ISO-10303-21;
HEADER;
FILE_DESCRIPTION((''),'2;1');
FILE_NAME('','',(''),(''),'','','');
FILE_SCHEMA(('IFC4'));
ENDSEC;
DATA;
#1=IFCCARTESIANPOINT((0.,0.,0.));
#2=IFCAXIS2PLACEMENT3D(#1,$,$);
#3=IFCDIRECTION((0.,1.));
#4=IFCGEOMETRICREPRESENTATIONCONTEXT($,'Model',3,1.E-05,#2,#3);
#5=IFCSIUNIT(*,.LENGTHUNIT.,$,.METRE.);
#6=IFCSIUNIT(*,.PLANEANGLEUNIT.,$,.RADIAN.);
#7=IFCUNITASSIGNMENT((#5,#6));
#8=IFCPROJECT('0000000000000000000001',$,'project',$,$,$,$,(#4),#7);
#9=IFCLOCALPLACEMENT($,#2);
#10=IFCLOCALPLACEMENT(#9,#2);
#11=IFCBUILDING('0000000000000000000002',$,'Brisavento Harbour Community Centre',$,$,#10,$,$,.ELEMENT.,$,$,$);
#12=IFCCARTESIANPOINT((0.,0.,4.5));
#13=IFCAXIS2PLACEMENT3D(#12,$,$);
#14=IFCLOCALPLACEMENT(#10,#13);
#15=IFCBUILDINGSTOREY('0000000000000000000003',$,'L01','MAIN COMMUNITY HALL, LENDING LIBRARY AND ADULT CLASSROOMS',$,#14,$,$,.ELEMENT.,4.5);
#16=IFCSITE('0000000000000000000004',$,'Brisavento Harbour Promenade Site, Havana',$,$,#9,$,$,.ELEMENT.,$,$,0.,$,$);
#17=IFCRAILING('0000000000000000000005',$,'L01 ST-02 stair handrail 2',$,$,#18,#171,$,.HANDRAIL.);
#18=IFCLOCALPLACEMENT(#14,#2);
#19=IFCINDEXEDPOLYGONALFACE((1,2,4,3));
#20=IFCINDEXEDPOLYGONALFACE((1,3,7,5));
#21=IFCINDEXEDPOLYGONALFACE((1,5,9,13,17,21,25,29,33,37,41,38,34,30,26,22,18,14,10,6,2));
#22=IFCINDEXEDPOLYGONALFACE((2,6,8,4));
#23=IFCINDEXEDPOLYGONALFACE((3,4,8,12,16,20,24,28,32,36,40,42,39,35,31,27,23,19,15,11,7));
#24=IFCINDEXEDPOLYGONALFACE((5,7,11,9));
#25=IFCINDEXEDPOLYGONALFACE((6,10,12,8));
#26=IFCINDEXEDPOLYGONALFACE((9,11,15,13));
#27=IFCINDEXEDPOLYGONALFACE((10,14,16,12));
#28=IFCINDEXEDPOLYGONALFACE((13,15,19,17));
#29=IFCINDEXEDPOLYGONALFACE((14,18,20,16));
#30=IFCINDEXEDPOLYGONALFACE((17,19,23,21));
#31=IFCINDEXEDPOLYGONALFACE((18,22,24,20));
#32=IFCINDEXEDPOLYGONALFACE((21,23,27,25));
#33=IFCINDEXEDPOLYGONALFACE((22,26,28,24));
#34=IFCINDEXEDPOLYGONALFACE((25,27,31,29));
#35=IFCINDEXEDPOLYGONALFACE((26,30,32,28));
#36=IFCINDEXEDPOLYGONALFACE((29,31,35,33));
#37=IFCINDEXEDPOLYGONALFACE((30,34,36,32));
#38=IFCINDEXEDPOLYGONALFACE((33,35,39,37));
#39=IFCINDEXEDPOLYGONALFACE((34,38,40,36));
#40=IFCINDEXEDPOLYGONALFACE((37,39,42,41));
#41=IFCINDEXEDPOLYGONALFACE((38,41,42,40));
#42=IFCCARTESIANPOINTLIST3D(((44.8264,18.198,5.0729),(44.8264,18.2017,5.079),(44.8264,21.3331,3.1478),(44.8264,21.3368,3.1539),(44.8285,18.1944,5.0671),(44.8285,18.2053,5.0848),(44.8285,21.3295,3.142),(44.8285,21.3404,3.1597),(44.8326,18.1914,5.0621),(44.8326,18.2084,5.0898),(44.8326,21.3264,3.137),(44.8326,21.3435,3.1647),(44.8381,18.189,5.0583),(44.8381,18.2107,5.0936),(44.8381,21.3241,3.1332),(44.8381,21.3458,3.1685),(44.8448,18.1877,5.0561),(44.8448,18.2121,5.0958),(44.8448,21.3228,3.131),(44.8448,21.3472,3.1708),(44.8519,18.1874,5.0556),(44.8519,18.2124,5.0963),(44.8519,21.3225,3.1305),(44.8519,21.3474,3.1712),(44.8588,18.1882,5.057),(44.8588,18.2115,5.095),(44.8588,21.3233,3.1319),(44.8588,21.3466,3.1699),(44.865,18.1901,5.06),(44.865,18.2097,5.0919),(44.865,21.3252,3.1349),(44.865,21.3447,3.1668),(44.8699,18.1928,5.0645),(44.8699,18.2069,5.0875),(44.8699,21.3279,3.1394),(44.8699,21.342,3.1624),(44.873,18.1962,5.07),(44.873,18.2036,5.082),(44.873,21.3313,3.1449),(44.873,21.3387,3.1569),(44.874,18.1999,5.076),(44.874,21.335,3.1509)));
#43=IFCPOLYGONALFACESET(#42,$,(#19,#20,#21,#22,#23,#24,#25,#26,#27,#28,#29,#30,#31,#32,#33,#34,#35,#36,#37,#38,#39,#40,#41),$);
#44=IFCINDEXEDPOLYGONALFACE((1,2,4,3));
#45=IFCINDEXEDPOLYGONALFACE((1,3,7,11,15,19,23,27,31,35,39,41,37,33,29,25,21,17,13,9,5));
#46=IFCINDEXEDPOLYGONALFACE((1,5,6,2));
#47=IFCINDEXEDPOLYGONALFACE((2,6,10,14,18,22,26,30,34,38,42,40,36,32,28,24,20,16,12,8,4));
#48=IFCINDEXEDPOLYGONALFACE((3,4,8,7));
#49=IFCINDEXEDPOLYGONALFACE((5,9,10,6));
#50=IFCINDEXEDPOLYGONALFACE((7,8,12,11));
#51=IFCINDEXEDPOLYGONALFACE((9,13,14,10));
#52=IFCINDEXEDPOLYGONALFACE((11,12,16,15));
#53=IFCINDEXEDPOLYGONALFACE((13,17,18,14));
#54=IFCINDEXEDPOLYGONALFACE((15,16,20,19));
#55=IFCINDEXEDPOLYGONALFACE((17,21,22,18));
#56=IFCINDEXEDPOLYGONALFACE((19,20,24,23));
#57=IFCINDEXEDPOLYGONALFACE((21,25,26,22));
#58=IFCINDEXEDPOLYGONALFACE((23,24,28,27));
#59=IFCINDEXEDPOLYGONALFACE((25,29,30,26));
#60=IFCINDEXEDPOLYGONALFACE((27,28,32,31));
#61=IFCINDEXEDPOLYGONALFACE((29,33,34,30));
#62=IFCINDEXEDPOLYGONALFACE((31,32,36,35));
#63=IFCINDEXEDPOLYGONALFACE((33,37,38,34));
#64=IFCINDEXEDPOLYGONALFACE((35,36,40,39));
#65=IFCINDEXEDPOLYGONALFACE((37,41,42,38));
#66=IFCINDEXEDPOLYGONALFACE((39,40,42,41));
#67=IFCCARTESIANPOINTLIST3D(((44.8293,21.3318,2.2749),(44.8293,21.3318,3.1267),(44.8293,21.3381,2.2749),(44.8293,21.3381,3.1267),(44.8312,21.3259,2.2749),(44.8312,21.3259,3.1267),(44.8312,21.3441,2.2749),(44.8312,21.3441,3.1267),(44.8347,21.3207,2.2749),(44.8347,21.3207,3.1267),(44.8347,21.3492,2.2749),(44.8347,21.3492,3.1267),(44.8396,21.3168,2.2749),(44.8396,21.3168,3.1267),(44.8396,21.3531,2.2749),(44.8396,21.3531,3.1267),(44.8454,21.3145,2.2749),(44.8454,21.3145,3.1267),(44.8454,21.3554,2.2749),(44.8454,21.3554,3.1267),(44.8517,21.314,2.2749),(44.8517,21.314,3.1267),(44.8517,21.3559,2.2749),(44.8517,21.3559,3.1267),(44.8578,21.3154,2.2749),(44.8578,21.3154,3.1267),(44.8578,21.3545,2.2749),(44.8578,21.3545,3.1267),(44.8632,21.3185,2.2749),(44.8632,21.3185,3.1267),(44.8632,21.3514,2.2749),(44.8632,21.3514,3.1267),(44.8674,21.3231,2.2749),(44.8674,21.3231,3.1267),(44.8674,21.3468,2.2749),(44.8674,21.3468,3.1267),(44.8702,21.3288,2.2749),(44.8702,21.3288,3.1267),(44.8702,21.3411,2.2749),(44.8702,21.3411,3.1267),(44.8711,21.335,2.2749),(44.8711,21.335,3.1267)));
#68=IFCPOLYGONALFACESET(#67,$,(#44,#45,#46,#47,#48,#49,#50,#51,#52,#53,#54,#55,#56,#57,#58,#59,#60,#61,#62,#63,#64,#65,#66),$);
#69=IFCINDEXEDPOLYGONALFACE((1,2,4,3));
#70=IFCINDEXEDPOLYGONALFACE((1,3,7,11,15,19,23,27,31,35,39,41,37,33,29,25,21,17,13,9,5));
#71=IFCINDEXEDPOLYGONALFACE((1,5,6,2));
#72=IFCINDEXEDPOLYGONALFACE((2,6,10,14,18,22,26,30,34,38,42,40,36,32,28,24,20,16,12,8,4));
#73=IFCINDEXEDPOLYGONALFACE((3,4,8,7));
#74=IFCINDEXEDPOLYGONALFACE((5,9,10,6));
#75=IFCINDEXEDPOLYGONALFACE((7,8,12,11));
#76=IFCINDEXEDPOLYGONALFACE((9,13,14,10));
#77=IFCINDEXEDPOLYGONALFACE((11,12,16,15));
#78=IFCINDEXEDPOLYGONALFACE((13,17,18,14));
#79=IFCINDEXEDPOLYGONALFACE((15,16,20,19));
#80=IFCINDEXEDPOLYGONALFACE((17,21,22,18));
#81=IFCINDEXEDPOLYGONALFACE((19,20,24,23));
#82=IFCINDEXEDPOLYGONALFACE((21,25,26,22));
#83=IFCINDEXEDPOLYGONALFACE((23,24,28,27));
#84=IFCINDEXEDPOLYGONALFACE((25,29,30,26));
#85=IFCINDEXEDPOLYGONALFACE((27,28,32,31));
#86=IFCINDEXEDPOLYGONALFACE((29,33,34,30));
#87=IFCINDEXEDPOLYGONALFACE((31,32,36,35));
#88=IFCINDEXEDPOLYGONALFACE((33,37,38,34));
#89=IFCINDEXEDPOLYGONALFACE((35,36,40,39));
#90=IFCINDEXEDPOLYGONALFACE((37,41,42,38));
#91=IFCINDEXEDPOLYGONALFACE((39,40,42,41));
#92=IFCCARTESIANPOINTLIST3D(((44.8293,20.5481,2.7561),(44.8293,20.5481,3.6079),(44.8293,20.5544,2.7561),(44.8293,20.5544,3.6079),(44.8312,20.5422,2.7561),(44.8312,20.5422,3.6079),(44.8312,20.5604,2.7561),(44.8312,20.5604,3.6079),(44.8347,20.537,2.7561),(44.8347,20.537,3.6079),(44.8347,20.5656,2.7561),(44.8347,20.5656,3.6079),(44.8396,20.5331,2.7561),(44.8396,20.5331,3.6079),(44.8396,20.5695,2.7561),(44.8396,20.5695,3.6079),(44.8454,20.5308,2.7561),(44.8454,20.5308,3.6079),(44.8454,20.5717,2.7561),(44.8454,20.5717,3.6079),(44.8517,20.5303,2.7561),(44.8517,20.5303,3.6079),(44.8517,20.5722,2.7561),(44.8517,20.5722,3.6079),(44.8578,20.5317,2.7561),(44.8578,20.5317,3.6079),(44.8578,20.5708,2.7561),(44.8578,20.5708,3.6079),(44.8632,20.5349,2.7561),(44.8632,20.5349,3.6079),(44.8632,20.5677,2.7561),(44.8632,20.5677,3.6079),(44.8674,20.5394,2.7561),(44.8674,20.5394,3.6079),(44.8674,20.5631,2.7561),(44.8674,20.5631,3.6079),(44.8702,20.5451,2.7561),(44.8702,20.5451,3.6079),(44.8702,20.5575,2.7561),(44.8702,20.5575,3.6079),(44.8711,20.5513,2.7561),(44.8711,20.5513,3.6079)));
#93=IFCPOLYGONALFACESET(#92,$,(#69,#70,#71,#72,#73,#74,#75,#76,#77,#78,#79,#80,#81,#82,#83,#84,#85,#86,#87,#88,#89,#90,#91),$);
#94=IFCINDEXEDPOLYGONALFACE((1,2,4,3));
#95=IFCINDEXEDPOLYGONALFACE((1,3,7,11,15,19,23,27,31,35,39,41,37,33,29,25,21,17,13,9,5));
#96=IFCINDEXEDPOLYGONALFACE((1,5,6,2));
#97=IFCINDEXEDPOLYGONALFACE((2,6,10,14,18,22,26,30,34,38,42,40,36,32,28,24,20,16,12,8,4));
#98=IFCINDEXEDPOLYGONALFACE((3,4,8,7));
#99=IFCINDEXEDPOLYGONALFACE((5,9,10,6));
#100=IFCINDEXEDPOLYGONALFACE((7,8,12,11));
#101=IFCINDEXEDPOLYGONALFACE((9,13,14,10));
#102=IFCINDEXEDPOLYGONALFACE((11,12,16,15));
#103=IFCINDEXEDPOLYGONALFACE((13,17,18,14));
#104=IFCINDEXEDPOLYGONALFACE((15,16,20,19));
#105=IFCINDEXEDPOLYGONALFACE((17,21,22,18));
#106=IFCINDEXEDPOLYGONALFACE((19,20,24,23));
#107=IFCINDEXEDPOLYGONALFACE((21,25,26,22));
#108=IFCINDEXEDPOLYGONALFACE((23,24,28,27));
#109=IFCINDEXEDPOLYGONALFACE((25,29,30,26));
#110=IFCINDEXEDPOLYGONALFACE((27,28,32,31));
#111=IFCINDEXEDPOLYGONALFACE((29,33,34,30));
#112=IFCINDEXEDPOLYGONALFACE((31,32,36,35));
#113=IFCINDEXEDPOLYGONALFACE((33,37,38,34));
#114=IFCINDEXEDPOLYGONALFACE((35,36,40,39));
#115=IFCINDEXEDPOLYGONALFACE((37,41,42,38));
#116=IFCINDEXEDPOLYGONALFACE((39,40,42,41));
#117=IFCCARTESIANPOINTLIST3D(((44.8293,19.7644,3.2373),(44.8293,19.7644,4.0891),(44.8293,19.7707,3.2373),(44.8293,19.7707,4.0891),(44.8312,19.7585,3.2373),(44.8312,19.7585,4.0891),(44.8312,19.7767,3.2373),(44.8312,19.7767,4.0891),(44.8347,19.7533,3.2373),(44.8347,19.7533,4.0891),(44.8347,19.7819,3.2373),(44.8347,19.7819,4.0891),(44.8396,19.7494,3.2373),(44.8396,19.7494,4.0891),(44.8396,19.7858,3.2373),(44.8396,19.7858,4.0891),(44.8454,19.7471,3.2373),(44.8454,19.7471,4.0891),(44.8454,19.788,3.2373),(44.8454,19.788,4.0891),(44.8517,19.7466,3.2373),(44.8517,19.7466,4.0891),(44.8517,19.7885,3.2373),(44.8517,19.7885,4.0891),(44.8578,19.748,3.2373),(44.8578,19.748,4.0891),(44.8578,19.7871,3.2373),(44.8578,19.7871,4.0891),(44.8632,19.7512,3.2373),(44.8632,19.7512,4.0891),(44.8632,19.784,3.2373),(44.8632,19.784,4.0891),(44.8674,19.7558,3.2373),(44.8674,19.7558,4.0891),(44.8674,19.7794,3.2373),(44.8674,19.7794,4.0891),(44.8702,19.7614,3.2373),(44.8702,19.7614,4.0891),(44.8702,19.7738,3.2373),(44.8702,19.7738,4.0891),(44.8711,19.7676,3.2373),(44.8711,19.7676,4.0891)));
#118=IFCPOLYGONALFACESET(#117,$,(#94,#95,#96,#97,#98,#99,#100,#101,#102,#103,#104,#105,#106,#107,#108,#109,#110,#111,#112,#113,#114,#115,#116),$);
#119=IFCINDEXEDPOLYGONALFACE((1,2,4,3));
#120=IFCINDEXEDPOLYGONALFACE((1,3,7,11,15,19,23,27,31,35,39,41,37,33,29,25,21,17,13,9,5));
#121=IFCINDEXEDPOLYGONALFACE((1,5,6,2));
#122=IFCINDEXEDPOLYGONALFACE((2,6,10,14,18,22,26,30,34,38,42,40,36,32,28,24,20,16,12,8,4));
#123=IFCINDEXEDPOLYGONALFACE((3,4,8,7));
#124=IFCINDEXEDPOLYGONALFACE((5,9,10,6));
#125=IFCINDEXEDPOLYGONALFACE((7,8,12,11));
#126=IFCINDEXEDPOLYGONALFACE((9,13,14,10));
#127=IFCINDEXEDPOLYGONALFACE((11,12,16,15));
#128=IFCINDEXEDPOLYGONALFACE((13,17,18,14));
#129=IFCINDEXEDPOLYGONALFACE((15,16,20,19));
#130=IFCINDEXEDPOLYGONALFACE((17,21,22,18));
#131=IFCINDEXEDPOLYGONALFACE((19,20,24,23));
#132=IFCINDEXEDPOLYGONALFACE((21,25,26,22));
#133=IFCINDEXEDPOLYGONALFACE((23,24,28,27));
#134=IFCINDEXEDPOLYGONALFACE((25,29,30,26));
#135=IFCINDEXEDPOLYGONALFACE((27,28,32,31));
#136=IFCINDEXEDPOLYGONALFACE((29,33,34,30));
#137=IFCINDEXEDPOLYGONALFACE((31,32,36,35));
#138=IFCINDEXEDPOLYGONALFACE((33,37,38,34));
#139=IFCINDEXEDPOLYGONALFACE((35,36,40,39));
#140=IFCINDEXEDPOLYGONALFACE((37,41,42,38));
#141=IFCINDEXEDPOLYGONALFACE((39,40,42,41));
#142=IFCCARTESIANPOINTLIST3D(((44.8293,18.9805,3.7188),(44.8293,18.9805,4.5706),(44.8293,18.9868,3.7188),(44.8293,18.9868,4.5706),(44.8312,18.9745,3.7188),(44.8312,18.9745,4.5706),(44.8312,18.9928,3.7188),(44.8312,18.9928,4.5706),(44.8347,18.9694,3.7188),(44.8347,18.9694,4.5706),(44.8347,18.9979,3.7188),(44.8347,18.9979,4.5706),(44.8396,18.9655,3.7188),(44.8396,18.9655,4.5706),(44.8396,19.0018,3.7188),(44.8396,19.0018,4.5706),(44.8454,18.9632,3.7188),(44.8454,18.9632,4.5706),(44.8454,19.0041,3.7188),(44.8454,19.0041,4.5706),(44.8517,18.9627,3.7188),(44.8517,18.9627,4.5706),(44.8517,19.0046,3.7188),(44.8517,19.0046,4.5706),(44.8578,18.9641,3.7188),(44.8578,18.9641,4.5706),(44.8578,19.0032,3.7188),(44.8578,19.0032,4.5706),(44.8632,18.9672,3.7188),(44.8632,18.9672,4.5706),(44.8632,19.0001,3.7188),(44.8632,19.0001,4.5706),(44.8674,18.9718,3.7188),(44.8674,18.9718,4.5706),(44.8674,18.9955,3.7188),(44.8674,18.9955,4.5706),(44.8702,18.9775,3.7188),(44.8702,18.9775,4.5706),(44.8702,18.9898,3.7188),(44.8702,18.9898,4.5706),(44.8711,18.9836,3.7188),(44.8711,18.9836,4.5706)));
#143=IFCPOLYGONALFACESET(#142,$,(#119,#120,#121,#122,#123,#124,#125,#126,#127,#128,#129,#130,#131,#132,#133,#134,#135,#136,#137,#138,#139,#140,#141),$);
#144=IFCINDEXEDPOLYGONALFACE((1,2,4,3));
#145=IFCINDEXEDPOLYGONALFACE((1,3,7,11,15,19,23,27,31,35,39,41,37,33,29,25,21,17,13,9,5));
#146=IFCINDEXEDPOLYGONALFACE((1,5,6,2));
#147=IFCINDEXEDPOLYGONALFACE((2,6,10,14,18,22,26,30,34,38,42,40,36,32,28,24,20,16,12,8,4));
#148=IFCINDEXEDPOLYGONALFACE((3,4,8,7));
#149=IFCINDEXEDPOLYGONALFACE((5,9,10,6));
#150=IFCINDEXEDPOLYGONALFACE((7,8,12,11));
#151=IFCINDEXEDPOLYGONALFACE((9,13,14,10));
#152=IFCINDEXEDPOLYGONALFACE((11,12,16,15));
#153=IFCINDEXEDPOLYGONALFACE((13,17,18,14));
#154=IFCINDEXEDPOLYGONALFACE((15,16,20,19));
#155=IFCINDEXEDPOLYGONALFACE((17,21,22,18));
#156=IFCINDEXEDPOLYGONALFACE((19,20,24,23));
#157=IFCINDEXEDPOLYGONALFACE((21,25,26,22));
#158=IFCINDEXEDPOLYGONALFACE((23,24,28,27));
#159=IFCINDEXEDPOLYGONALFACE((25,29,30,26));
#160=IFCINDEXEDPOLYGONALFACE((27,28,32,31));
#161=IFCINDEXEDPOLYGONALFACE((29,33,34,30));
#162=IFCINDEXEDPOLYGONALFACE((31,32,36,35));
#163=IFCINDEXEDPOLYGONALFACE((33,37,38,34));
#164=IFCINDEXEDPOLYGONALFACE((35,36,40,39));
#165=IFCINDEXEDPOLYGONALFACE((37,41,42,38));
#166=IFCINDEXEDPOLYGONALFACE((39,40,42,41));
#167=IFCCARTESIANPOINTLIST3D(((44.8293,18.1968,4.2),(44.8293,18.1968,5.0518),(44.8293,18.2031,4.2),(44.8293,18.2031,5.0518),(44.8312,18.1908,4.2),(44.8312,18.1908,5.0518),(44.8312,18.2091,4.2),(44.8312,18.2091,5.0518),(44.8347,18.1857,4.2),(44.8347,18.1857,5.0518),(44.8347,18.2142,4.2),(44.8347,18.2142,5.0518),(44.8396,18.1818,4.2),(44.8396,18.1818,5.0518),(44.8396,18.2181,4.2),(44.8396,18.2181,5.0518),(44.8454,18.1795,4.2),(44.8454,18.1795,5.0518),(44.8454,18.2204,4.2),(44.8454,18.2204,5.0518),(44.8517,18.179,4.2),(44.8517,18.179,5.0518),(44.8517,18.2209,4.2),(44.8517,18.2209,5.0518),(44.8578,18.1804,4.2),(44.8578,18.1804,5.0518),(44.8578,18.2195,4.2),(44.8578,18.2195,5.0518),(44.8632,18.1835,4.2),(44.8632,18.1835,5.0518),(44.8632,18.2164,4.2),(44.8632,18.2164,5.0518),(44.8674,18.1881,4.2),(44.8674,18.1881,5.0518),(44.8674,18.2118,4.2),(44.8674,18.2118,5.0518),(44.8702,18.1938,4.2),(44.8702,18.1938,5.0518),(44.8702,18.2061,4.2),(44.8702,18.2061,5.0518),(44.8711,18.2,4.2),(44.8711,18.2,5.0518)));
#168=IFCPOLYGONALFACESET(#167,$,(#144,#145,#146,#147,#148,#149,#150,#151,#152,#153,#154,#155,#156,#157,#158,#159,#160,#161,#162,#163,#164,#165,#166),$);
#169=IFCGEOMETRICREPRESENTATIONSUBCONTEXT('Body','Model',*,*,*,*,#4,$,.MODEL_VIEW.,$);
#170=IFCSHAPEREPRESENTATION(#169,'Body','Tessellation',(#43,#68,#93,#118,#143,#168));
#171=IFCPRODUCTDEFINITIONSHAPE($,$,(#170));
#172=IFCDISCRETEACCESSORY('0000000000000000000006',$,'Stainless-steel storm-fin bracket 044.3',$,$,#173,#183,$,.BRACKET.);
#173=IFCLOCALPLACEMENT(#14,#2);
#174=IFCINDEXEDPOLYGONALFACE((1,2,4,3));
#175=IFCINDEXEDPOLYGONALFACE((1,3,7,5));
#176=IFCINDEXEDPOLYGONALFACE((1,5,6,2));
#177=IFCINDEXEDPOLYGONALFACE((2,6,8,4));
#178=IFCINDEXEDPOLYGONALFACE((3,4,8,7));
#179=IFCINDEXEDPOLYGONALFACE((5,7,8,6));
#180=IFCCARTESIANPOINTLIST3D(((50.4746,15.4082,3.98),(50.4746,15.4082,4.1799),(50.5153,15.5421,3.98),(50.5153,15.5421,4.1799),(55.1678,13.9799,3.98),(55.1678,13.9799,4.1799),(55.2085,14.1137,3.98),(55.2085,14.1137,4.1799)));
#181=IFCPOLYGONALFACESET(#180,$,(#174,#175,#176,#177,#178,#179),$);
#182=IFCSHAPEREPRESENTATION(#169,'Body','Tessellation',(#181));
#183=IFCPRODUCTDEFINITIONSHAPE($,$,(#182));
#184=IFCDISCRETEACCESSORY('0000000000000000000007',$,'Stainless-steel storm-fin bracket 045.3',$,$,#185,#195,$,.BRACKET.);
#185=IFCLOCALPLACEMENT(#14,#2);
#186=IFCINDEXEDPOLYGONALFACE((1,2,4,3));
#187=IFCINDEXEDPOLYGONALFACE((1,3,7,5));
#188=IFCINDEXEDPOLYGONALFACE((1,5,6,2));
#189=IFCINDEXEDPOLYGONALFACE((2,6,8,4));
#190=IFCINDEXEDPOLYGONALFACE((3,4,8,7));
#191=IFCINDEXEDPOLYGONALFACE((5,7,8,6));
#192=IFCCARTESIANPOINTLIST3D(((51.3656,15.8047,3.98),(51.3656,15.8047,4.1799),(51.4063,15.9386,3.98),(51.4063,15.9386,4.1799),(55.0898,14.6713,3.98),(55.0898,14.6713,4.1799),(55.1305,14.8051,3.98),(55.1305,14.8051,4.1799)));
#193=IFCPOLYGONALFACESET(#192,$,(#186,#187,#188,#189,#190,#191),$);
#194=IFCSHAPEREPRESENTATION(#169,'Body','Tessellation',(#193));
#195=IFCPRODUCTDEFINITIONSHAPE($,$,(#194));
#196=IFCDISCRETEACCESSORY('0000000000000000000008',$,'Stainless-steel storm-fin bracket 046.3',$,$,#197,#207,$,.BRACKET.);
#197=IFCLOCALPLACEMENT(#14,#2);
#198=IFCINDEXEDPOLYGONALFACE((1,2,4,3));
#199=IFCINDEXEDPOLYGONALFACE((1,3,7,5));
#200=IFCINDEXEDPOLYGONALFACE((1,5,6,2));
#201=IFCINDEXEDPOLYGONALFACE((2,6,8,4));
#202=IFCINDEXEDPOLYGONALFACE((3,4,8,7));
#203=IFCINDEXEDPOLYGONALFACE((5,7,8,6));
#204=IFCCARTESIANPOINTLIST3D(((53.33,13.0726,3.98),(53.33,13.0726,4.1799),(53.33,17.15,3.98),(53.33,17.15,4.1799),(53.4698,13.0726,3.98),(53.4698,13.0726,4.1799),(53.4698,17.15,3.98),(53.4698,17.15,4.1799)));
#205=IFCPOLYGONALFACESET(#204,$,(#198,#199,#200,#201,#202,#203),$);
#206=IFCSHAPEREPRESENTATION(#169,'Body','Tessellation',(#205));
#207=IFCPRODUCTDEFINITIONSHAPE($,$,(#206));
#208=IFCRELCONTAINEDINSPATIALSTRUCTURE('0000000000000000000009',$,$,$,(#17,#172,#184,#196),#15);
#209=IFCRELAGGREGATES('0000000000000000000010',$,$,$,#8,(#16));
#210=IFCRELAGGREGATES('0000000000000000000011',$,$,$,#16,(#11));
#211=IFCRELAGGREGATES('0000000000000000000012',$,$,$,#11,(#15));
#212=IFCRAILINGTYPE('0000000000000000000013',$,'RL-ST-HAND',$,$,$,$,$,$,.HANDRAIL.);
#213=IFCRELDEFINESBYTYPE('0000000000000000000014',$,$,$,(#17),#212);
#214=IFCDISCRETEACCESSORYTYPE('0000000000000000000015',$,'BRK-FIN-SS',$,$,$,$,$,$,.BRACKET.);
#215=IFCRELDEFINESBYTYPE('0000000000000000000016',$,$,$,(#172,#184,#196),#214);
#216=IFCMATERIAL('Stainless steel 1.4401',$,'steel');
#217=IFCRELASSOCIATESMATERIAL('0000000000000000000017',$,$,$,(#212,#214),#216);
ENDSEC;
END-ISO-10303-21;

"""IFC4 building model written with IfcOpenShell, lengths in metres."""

from ifc_helpers import new_model, si_unit, direction, frame, origin, origin_2d, place, context, subcontext, project, spatial, rectangle, circle, extrude, material, type_object, element, save


model = new_model("IFC4")

# Units and contexts
model_context = context("Model", 3, precision=1e-05, world=origin(), true_north=direction((0.0, 1.0)))
body_context = subcontext(model_context, "Body", "Model", "MODEL_VIEW")
ifc_project = project(units=[si_unit("LENGTHUNIT", "METRE"), si_unit("PLANEANGLEUNIT", "RADIAN")], contexts=[model_context])

# Site, building, storey
site_placement = place(None, origin())
site = spatial("IfcSite", under=ifc_project, at=site_placement, Name="Brisavento Harbour Promenade Site, Havana", CompositionType="ELEMENT", RefElevation=0.0)
building_placement = place(site_placement, origin())
building = spatial("IfcBuilding", under=site, at=building_placement, Name="Brisavento Harbour Community Centre", CompositionType="ELEMENT")
storey_placement = place(building_placement, frame((0.0, 0.0, 4.5)))
storey = spatial("IfcBuildingStorey", under=building, at=storey_placement, Name="L01", Description="MAIN COMMUNITY HALL, LENDING LIBRARY AND ADULT CLASSROOMS", CompositionType="ELEMENT", Elevation=4.5)

# Railing
ifc_material_1 = material(Name="Stainless steel 1.4401", Category="steel")
railing_type_1 = type_object("IfcRailingType", Name="RL-ST-HAND", PredefinedType="HANDRAIL", material=ifc_material_1)
railing_1_placement = place(storey_placement, frame((44.8501, 21.335, 2.2749)))
element("IfcRailing", 1, at=railing_1_placement, inside=storey, type_object=railing_type_1, Name="L01 ST-02 stair handrail 2", PredefinedType="HANDRAIL", context=body_context, shape_type="SweptSolid", body=[
    extrude(circle(Radius=0.0239, at=origin_2d()), frame((0.0, 0.0, 0.876), z_axis=(0.0, -0.852166, 0.523271), x_axis=(1.0, 0.0, 0.0)), (0.0, 0.0, 1.0), 3.679),
    extrude(circle(Radius=0.021, at=origin_2d()), origin(), (0.0, 0.0, 1.0), 0.8518),
    extrude(circle(Radius=0.021, at=origin_2d()), frame((0.0, -0.7837, 0.4812)), (0.0, 0.0, 1.0), 0.8518),
    extrude(circle(Radius=0.021, at=origin_2d()), frame((0.0, -1.5674, 0.9624)), (0.0, 0.0, 1.0), 0.8518),
    extrude(circle(Radius=0.021, at=origin_2d()), frame((0.0, -2.3513, 1.4438)), (0.0, 0.0, 1.0), 0.8518),
    extrude(circle(Radius=0.021, at=origin_2d()), frame((0.0, -3.135, 1.925)), (0.0, 0.0, 1.0), 0.8518),
])

# Discrete accessories
discrete_accessory_type = type_object("IfcDiscreteAccessoryType", Name="BRK-FIN-SS", PredefinedType="BRACKET", material=ifc_material_1)
discrete_accessory_1_placement = place(storey_placement, frame((52.8416, 14.761, 3.98), z_axis=(0.0, 0.0, 1.0), x_axis=(0.956676, -0.291153, 0.0)))
element("IfcDiscreteAccessory", 2, at=discrete_accessory_1_placement, inside=storey, type_object=discrete_accessory_type, Name="Stainless-steel storm-fin bracket 044.3", PredefinedType="BRACKET", context=body_context, shape_type="SweptSolid", body=[
    extrude(rectangle(XDim=4.9058, YDim=0.1399, at=origin_2d()), origin(), (0.0, 0.0, 1.0), 0.2),
])
discrete_accessory_2_placement = place(storey_placement, frame((53.248, 15.3049, 3.98), z_axis=(0.0, 0.0, 1.0), x_axis=(0.956676, -0.291153, 0.0)))
element("IfcDiscreteAccessory", 3, at=discrete_accessory_2_placement, inside=storey, type_object=discrete_accessory_type, Name="Stainless-steel storm-fin bracket 045.3", PredefinedType="BRACKET", context=body_context, shape_type="SweptSolid", body=[
    extrude(rectangle(XDim=3.8928, YDim=0.1399, at=origin_2d()), origin(), (0.0, 0.0, 1.0), 0.2),
])
discrete_accessory_3_placement = place(storey_placement, frame((53.3999, 15.1113, 3.98), z_axis=(0.0, 0.0, 1.0), x_axis=(0.0, -1.0, 0.0)))
element("IfcDiscreteAccessory", 4, at=discrete_accessory_3_placement, inside=storey, type_object=discrete_accessory_type, Name="Stainless-steel storm-fin bracket 046.3", PredefinedType="BRACKET", context=body_context, shape_type="SweptSolid", body=[
    extrude(rectangle(XDim=4.0774, YDim=0.1399, at=origin_2d()), origin(), (0.0, 0.0, 1.0), 0.2),
])

save(model, "model.ifc")
